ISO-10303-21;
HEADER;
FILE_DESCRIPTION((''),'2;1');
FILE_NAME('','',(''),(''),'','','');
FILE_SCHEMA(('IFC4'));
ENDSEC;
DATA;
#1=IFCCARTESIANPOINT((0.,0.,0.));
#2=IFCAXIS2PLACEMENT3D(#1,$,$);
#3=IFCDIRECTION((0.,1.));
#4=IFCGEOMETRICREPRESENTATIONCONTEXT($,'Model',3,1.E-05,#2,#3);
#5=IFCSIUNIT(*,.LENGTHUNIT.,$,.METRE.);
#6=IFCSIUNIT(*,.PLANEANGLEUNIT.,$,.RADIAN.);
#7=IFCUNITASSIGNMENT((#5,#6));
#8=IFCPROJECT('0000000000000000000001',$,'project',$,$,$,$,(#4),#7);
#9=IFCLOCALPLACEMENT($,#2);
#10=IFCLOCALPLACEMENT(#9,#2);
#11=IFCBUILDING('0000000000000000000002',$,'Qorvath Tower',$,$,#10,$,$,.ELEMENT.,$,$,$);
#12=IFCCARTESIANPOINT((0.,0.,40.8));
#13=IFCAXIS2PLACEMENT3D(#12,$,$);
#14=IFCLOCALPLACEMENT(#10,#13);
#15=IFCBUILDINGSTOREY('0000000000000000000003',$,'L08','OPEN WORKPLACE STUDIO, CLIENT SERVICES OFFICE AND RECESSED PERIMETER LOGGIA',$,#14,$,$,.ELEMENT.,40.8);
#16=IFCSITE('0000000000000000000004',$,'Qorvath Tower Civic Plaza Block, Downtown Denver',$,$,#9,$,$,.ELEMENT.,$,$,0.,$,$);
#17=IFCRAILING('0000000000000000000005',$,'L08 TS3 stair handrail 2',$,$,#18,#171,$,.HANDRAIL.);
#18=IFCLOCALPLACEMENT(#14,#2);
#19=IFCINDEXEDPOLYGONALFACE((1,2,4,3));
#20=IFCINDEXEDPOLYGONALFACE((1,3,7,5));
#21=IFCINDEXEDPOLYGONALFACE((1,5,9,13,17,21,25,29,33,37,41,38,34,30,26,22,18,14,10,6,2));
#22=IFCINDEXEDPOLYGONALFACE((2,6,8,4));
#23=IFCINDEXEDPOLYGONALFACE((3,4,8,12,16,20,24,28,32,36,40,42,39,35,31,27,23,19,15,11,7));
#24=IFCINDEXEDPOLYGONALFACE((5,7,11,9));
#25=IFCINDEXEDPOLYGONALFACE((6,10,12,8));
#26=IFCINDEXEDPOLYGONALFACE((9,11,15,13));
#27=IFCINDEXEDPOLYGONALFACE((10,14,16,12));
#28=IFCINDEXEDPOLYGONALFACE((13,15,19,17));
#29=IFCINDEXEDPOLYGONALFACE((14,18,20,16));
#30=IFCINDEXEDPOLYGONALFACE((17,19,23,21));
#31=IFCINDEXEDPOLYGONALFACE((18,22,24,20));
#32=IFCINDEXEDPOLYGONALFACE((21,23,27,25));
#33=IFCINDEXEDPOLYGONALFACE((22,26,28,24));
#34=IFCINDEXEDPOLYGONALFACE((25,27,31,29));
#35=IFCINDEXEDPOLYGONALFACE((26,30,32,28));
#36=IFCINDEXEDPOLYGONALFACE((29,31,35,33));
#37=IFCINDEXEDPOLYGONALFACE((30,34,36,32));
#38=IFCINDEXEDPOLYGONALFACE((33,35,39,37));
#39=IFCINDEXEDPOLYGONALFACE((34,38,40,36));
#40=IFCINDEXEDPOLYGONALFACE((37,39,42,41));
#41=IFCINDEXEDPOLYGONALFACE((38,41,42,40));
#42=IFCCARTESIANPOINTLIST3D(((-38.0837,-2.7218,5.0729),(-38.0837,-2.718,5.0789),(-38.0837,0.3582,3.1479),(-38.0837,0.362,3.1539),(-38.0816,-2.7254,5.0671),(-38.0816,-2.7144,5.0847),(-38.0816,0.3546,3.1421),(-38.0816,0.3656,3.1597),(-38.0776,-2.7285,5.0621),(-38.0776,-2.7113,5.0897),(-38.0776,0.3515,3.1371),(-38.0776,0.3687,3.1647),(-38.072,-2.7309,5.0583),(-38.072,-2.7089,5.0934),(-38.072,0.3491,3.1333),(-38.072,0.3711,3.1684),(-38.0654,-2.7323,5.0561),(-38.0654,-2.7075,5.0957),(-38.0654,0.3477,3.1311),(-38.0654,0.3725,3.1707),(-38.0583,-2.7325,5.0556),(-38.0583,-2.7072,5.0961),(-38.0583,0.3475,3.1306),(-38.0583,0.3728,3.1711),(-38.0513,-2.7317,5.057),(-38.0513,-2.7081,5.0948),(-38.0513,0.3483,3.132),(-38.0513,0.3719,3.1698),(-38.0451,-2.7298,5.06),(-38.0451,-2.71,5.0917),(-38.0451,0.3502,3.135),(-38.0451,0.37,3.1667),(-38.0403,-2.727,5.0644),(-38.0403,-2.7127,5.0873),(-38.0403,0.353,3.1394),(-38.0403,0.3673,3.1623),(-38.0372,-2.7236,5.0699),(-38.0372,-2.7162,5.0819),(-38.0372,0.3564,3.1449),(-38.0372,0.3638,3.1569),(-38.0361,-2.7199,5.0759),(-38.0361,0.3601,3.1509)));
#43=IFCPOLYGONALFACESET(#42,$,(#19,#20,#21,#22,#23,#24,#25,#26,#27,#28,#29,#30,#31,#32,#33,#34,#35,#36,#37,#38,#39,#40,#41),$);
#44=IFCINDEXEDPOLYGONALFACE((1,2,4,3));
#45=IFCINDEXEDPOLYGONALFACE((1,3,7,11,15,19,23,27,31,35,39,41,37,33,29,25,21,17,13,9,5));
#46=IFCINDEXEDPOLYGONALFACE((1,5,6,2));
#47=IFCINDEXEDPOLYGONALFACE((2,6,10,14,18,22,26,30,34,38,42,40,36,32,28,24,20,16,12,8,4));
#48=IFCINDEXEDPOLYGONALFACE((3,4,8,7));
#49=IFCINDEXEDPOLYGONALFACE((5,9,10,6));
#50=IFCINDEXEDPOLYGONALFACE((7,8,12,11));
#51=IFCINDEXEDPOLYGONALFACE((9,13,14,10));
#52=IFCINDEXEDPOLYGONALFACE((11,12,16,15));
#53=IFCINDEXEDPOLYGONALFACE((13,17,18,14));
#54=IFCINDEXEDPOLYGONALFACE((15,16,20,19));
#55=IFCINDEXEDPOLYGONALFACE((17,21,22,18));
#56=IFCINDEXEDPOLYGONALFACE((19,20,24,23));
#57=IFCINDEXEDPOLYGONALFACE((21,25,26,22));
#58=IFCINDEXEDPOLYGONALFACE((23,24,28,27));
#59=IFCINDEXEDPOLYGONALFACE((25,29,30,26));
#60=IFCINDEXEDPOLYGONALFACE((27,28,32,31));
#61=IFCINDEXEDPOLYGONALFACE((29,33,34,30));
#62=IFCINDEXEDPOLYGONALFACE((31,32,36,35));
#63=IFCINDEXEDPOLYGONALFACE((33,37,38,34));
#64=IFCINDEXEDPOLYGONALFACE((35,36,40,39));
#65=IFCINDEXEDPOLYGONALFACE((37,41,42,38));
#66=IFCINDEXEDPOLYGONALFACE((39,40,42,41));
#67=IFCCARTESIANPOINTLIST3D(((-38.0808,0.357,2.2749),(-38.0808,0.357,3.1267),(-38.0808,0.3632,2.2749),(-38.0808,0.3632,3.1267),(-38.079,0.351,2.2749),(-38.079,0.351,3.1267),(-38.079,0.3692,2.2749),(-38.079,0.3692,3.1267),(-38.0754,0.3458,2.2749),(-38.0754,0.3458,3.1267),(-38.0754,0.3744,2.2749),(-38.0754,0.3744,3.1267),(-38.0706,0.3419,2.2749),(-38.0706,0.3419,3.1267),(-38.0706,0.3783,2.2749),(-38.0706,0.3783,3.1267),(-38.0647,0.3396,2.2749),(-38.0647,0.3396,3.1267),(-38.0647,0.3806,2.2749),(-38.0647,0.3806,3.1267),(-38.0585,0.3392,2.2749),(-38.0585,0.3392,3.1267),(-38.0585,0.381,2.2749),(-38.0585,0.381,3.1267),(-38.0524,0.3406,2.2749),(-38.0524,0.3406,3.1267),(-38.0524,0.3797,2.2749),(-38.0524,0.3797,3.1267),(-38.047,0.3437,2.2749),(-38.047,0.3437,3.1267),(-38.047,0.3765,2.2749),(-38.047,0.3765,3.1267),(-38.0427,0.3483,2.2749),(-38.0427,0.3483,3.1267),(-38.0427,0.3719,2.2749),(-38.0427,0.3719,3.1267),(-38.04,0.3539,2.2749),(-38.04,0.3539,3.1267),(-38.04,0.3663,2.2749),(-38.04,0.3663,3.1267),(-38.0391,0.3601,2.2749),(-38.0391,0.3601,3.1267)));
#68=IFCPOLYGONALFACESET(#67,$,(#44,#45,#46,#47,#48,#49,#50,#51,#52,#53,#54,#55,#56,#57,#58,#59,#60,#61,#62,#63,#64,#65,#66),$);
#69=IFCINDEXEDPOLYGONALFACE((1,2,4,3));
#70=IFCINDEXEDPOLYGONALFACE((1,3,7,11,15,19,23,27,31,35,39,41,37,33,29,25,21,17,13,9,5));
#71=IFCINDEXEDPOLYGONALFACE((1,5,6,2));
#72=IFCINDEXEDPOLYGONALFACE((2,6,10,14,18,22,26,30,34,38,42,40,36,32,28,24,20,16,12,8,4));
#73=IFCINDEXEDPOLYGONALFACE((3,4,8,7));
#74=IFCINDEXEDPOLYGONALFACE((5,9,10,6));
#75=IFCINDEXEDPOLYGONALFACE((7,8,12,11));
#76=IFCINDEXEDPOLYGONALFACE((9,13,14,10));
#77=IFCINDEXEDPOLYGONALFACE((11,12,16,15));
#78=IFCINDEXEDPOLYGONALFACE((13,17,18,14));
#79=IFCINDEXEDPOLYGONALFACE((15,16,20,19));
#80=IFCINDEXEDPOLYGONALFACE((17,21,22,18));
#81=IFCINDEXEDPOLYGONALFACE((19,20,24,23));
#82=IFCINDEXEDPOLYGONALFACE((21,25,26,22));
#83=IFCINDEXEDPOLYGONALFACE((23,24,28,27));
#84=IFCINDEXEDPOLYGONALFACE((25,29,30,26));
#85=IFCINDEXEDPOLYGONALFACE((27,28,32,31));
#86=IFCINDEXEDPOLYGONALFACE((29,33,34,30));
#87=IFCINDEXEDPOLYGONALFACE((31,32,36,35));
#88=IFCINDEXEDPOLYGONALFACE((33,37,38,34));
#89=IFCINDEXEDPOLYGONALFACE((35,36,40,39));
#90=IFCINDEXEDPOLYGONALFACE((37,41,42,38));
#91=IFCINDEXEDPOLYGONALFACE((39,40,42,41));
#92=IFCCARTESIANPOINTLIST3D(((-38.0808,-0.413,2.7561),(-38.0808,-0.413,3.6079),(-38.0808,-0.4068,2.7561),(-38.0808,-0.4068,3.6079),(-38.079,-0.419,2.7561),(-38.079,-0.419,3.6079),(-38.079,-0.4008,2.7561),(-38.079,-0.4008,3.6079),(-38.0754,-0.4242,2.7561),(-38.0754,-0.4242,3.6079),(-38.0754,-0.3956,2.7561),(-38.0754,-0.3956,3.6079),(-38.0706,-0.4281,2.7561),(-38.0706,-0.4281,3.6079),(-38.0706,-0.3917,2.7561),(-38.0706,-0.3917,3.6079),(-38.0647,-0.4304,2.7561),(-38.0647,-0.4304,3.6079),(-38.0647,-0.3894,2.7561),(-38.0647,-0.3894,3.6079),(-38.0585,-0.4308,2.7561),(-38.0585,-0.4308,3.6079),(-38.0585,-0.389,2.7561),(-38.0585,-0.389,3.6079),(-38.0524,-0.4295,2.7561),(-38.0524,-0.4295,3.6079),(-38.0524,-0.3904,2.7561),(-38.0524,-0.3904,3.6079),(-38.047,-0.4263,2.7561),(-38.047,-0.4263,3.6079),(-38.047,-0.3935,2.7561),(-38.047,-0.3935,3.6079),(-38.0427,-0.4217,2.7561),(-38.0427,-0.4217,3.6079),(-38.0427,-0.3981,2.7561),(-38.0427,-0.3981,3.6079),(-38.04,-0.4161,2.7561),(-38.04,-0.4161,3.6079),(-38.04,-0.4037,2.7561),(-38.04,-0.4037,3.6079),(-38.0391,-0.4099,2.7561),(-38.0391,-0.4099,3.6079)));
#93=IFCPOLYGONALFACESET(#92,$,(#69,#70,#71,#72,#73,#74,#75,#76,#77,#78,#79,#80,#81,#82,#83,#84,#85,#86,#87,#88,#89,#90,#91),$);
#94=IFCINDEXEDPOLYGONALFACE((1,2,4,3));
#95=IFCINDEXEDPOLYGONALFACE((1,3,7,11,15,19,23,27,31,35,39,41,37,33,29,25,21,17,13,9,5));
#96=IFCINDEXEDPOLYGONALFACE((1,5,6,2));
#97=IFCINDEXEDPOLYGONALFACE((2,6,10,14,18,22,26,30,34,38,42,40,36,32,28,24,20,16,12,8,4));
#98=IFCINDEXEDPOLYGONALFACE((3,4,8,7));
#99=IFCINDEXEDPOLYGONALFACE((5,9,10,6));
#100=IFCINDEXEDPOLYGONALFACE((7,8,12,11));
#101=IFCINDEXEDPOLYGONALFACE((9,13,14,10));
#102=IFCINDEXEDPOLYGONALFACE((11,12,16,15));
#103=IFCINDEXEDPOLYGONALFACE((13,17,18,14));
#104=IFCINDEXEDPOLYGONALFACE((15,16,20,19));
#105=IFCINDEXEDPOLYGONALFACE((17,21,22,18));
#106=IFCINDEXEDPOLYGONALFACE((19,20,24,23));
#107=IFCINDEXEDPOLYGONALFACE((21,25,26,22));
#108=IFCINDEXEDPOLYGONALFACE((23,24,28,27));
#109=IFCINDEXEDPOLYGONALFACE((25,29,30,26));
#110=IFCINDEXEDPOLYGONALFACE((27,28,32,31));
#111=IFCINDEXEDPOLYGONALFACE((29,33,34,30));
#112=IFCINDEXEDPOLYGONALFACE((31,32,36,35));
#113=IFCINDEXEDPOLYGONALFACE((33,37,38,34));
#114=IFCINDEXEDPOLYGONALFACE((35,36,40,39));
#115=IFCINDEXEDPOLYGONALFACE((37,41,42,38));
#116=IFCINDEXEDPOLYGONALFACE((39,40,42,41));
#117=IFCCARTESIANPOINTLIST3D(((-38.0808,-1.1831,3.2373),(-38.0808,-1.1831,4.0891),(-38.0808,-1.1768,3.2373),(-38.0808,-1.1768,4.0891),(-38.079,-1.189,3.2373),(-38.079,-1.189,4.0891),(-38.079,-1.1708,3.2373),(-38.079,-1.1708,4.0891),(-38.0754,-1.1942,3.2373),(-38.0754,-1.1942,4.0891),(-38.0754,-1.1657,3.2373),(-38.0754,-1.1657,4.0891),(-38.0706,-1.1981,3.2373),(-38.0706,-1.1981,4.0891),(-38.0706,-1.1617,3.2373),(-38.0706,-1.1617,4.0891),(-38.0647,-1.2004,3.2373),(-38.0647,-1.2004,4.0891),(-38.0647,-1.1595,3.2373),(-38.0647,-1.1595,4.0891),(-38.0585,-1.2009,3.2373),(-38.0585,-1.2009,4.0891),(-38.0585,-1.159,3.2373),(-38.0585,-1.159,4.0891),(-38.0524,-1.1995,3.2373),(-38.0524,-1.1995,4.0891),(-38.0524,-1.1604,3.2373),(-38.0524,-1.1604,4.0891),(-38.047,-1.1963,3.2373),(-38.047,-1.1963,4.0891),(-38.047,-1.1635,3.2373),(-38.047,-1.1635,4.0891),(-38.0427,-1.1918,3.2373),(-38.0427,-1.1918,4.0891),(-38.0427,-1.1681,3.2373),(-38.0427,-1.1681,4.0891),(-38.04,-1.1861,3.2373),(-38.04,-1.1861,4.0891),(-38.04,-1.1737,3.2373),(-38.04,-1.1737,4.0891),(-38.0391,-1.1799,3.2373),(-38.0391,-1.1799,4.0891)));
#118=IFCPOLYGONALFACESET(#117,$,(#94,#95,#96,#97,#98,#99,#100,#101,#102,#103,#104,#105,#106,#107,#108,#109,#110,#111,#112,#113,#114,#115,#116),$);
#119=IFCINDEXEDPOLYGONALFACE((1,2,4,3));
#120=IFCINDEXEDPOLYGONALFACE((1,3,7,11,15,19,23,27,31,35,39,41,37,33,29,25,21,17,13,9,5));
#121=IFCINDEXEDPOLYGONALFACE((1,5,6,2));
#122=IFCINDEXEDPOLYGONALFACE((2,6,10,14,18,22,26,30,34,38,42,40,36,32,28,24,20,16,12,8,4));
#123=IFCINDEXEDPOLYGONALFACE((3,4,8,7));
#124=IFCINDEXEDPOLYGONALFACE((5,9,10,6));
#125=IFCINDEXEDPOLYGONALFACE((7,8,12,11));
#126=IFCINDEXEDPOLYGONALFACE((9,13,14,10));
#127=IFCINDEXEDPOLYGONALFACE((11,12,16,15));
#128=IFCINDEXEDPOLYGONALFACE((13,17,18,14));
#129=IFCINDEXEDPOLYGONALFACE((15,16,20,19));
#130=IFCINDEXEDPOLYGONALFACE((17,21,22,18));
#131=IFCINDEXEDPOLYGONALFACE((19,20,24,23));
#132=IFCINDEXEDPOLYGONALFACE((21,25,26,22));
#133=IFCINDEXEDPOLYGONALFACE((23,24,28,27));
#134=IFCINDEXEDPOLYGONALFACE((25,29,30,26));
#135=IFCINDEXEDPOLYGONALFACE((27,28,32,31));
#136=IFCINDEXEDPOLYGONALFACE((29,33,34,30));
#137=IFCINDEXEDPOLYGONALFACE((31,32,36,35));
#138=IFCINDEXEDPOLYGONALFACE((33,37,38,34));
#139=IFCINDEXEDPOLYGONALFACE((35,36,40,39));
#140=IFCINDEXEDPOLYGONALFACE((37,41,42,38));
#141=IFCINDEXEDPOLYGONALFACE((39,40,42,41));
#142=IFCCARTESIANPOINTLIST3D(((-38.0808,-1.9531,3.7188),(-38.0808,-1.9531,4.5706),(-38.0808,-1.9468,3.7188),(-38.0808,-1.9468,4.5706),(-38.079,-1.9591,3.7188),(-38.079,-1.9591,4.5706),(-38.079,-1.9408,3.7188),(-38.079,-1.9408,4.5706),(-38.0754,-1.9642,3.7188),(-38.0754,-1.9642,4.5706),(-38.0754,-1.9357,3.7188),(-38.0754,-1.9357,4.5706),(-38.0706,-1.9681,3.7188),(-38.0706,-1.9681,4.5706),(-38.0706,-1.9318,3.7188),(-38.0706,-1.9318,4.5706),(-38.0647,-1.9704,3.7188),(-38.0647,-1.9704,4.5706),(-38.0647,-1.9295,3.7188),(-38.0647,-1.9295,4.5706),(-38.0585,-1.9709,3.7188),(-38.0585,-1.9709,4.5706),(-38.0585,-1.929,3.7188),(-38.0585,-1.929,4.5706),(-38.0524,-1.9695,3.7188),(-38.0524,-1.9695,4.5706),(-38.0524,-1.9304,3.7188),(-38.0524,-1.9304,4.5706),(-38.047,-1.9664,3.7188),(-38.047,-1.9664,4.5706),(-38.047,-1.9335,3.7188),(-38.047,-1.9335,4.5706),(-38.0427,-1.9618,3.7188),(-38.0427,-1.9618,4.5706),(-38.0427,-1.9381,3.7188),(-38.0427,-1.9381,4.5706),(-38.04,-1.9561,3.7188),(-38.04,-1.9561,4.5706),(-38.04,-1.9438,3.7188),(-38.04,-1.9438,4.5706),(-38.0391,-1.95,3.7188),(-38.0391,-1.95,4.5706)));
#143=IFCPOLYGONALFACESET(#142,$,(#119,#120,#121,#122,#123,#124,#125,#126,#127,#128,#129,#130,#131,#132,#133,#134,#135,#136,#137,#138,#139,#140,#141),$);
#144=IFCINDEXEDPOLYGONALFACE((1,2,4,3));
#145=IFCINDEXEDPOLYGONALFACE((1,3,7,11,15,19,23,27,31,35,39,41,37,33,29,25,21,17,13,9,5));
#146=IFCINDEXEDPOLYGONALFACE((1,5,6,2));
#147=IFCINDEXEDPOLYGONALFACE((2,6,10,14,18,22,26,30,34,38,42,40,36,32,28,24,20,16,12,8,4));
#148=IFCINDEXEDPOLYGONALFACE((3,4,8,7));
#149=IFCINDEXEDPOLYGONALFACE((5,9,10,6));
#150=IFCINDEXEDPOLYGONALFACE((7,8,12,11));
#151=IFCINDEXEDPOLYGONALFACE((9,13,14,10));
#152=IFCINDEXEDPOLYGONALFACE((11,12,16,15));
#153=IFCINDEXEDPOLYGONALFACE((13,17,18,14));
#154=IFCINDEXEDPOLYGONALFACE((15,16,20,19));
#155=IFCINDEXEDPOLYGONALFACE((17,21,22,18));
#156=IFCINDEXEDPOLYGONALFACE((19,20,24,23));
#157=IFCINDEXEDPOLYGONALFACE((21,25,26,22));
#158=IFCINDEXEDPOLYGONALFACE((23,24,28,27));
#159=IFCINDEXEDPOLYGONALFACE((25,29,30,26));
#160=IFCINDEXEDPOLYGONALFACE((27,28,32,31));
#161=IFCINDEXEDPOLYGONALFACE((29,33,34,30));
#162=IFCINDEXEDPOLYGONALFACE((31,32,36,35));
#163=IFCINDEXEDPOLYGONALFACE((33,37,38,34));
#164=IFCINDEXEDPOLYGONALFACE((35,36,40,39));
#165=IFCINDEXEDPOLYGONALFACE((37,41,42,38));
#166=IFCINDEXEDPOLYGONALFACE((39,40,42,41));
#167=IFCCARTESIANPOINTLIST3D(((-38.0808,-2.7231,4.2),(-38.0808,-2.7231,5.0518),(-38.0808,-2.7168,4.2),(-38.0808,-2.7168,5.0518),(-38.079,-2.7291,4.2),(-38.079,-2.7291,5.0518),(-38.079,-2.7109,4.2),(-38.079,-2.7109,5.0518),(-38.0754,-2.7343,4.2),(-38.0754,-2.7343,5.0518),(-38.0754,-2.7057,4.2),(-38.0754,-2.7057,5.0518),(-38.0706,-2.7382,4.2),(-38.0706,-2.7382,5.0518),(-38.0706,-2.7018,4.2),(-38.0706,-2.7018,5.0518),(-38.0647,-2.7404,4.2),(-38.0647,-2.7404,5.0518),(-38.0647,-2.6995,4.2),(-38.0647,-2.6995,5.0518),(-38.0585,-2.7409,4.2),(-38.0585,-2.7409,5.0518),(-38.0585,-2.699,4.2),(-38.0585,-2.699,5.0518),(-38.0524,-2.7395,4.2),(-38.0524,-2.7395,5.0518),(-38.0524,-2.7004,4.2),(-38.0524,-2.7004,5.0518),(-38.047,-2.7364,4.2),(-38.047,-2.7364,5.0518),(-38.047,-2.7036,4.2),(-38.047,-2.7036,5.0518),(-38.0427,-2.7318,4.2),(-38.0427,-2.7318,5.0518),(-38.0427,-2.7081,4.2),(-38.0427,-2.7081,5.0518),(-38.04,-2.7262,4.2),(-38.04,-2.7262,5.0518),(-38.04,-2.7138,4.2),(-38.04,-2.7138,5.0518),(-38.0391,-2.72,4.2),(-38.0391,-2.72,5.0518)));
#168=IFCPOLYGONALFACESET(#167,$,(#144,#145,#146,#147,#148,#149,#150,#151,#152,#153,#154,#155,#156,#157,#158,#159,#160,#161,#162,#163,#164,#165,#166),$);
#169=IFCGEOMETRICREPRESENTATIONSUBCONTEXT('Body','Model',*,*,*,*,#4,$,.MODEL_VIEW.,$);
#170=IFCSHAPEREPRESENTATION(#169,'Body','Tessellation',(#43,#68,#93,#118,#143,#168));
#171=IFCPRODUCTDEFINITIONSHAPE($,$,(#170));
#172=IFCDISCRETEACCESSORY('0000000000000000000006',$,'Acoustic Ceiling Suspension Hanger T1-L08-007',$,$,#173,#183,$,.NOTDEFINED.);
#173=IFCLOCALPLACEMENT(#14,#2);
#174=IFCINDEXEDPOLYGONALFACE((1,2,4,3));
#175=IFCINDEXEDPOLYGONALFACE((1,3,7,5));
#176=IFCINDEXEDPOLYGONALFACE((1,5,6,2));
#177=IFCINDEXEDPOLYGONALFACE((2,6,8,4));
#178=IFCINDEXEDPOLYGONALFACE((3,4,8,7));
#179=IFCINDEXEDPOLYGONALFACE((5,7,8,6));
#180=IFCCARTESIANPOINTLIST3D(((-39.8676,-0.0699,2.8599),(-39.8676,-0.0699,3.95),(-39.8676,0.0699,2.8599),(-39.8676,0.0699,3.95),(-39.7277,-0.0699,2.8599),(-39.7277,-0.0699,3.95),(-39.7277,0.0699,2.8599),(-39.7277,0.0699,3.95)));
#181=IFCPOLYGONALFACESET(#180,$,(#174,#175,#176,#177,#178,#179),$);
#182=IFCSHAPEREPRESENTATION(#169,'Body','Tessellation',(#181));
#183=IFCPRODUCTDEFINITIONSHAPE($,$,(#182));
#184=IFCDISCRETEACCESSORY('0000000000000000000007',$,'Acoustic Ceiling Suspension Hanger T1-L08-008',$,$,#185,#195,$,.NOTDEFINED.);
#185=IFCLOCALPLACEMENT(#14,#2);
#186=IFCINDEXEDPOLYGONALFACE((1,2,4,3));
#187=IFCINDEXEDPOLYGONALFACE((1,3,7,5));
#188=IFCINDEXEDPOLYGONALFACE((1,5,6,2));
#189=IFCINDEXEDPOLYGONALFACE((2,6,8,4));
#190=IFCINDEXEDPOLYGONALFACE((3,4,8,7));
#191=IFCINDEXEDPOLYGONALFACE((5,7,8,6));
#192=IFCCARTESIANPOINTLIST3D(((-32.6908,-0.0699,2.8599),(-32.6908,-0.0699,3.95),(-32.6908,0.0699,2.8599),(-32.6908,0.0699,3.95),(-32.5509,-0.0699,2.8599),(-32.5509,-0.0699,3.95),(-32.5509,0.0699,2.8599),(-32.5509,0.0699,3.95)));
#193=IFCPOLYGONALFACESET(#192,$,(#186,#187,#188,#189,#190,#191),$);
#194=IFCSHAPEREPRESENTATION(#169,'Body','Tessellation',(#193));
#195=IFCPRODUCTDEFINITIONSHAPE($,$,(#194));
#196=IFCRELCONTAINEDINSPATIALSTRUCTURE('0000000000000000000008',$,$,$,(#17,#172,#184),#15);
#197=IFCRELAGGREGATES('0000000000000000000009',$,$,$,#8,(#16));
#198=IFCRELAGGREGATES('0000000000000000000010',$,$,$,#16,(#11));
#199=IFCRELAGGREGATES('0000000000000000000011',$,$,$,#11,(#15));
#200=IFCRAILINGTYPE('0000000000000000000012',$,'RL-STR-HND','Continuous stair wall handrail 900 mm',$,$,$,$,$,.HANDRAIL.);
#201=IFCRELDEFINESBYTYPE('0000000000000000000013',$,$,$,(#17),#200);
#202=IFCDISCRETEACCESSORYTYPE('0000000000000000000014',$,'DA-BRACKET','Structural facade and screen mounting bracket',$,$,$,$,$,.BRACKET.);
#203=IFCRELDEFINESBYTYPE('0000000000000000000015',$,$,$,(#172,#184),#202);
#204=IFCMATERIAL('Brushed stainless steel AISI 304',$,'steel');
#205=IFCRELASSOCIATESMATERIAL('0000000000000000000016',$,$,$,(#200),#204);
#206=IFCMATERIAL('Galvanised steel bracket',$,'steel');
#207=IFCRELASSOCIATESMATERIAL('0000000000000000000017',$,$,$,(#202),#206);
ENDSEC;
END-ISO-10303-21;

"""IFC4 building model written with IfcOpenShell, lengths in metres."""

from ifc_helpers import new_model, si_unit, direction, frame, origin, origin_2d, place, context, subcontext, project, spatial, rectangle, circle, extrude, material, type_object, element, save


model = new_model("IFC4")

# Units and contexts
model_context = context("Model", 3, precision=1e-05, world=origin(), true_north=direction((0.0, 1.0)))
body_context = subcontext(model_context, "Body", "Model", "MODEL_VIEW")
ifc_project = project(units=[si_unit("LENGTHUNIT", "METRE"), si_unit("PLANEANGLEUNIT", "RADIAN")], contexts=[model_context])

# Site, building, storey
site_placement = place(None, origin())
site = spatial("IfcSite", under=ifc_project, at=site_placement, Name="Qorvath Tower Civic Plaza Block, Downtown Denver", CompositionType="ELEMENT", RefElevation=0.0)
building_placement = place(site_placement, origin())
building = spatial("IfcBuilding", under=site, at=building_placement, Name="Qorvath Tower", CompositionType="ELEMENT")
storey_placement = place(building_placement, frame((0.0, 0.0, 40.8)))
storey = spatial("IfcBuildingStorey", under=building, at=storey_placement, Name="L08", Description="OPEN WORKPLACE STUDIO, CLIENT SERVICES OFFICE AND RECESSED PERIMETER LOGGIA", CompositionType="ELEMENT", Elevation=40.8)

# Railing
ifc_material_1 = material(Name="Brushed stainless steel AISI 304", Category="steel")
railing_type_1 = type_object("IfcRailingType", Name="RL-STR-HND", Description="Continuous stair wall handrail 900 mm", PredefinedType="HANDRAIL", material=ifc_material_1)
railing_1_placement = place(storey_placement, frame((-38.0601, 0.3601, 2.2749)))
element("IfcRailing", 1, at=railing_1_placement, inside=storey, type_object=railing_type_1, Name="L08 TS3 stair handrail 2", PredefinedType="HANDRAIL", context=body_context, shape_type="SweptSolid", body=[
    extrude(circle(Radius=0.0239, at=origin_2d()), frame((0.0, 0.0, 0.876), z_axis=(0.0, -0.847998, 0.529999), x_axis=(1.0, 0.0, 0.0)), (0.0, 0.0, 1.0), 3.6321),
    extrude(circle(Radius=0.021, at=origin_2d()), origin(), (0.0, 0.0, 1.0), 0.8518),
    extrude(circle(Radius=0.021, at=origin_2d()), frame((0.0, -0.77, 0.4812)), (0.0, 0.0, 1.0), 0.8518),
    extrude(circle(Radius=0.021, at=origin_2d()), frame((0.0, -1.54, 0.9624)), (0.0, 0.0, 1.0), 0.8518),
    extrude(circle(Radius=0.021, at=origin_2d()), frame((0.0, -2.3101, 1.4438)), (0.0, 0.0, 1.0), 0.8518),
    extrude(circle(Radius=0.021, at=origin_2d()), frame((0.0, -3.0801, 1.925)), (0.0, 0.0, 1.0), 0.8518),
])

# Discrete accessories
ifc_material_2 = material(Name="Galvanised steel bracket", Category="steel")
discrete_accessory_type = type_object("IfcDiscreteAccessoryType", Name="DA-BRACKET", Description="Structural facade and screen mounting bracket", PredefinedType="BRACKET", material=ifc_material_2)
for number, where, z_axis, x_axis, name in (
    (2, (-39.7976, 0.0, 2.8599), (0.0, 0.0, 1.0), (1.0, 0.0, 0.0), "Acoustic Ceiling Suspension Hanger T1-L08-007"),
    (3, (-32.6208, 0.0, 2.8599), (0.0, 0.0, 1.0), (1.0, 0.0, 0.0), "Acoustic Ceiling Suspension Hanger T1-L08-008"),
):
    element("IfcDiscreteAccessory", number, at=place(storey_placement, frame(where, z_axis=z_axis, x_axis=x_axis)), inside=storey, type_object=discrete_accessory_type, Name=name, PredefinedType="NOTDEFINED", context=body_context, shape_type="SweptSolid", body=[
        extrude(rectangle(XDim=0.1399, YDim=0.1399, at=origin_2d()), origin(), (0.0, 0.0, 1.0), 1.0901),
    ])

save(model, "model.ifc")
